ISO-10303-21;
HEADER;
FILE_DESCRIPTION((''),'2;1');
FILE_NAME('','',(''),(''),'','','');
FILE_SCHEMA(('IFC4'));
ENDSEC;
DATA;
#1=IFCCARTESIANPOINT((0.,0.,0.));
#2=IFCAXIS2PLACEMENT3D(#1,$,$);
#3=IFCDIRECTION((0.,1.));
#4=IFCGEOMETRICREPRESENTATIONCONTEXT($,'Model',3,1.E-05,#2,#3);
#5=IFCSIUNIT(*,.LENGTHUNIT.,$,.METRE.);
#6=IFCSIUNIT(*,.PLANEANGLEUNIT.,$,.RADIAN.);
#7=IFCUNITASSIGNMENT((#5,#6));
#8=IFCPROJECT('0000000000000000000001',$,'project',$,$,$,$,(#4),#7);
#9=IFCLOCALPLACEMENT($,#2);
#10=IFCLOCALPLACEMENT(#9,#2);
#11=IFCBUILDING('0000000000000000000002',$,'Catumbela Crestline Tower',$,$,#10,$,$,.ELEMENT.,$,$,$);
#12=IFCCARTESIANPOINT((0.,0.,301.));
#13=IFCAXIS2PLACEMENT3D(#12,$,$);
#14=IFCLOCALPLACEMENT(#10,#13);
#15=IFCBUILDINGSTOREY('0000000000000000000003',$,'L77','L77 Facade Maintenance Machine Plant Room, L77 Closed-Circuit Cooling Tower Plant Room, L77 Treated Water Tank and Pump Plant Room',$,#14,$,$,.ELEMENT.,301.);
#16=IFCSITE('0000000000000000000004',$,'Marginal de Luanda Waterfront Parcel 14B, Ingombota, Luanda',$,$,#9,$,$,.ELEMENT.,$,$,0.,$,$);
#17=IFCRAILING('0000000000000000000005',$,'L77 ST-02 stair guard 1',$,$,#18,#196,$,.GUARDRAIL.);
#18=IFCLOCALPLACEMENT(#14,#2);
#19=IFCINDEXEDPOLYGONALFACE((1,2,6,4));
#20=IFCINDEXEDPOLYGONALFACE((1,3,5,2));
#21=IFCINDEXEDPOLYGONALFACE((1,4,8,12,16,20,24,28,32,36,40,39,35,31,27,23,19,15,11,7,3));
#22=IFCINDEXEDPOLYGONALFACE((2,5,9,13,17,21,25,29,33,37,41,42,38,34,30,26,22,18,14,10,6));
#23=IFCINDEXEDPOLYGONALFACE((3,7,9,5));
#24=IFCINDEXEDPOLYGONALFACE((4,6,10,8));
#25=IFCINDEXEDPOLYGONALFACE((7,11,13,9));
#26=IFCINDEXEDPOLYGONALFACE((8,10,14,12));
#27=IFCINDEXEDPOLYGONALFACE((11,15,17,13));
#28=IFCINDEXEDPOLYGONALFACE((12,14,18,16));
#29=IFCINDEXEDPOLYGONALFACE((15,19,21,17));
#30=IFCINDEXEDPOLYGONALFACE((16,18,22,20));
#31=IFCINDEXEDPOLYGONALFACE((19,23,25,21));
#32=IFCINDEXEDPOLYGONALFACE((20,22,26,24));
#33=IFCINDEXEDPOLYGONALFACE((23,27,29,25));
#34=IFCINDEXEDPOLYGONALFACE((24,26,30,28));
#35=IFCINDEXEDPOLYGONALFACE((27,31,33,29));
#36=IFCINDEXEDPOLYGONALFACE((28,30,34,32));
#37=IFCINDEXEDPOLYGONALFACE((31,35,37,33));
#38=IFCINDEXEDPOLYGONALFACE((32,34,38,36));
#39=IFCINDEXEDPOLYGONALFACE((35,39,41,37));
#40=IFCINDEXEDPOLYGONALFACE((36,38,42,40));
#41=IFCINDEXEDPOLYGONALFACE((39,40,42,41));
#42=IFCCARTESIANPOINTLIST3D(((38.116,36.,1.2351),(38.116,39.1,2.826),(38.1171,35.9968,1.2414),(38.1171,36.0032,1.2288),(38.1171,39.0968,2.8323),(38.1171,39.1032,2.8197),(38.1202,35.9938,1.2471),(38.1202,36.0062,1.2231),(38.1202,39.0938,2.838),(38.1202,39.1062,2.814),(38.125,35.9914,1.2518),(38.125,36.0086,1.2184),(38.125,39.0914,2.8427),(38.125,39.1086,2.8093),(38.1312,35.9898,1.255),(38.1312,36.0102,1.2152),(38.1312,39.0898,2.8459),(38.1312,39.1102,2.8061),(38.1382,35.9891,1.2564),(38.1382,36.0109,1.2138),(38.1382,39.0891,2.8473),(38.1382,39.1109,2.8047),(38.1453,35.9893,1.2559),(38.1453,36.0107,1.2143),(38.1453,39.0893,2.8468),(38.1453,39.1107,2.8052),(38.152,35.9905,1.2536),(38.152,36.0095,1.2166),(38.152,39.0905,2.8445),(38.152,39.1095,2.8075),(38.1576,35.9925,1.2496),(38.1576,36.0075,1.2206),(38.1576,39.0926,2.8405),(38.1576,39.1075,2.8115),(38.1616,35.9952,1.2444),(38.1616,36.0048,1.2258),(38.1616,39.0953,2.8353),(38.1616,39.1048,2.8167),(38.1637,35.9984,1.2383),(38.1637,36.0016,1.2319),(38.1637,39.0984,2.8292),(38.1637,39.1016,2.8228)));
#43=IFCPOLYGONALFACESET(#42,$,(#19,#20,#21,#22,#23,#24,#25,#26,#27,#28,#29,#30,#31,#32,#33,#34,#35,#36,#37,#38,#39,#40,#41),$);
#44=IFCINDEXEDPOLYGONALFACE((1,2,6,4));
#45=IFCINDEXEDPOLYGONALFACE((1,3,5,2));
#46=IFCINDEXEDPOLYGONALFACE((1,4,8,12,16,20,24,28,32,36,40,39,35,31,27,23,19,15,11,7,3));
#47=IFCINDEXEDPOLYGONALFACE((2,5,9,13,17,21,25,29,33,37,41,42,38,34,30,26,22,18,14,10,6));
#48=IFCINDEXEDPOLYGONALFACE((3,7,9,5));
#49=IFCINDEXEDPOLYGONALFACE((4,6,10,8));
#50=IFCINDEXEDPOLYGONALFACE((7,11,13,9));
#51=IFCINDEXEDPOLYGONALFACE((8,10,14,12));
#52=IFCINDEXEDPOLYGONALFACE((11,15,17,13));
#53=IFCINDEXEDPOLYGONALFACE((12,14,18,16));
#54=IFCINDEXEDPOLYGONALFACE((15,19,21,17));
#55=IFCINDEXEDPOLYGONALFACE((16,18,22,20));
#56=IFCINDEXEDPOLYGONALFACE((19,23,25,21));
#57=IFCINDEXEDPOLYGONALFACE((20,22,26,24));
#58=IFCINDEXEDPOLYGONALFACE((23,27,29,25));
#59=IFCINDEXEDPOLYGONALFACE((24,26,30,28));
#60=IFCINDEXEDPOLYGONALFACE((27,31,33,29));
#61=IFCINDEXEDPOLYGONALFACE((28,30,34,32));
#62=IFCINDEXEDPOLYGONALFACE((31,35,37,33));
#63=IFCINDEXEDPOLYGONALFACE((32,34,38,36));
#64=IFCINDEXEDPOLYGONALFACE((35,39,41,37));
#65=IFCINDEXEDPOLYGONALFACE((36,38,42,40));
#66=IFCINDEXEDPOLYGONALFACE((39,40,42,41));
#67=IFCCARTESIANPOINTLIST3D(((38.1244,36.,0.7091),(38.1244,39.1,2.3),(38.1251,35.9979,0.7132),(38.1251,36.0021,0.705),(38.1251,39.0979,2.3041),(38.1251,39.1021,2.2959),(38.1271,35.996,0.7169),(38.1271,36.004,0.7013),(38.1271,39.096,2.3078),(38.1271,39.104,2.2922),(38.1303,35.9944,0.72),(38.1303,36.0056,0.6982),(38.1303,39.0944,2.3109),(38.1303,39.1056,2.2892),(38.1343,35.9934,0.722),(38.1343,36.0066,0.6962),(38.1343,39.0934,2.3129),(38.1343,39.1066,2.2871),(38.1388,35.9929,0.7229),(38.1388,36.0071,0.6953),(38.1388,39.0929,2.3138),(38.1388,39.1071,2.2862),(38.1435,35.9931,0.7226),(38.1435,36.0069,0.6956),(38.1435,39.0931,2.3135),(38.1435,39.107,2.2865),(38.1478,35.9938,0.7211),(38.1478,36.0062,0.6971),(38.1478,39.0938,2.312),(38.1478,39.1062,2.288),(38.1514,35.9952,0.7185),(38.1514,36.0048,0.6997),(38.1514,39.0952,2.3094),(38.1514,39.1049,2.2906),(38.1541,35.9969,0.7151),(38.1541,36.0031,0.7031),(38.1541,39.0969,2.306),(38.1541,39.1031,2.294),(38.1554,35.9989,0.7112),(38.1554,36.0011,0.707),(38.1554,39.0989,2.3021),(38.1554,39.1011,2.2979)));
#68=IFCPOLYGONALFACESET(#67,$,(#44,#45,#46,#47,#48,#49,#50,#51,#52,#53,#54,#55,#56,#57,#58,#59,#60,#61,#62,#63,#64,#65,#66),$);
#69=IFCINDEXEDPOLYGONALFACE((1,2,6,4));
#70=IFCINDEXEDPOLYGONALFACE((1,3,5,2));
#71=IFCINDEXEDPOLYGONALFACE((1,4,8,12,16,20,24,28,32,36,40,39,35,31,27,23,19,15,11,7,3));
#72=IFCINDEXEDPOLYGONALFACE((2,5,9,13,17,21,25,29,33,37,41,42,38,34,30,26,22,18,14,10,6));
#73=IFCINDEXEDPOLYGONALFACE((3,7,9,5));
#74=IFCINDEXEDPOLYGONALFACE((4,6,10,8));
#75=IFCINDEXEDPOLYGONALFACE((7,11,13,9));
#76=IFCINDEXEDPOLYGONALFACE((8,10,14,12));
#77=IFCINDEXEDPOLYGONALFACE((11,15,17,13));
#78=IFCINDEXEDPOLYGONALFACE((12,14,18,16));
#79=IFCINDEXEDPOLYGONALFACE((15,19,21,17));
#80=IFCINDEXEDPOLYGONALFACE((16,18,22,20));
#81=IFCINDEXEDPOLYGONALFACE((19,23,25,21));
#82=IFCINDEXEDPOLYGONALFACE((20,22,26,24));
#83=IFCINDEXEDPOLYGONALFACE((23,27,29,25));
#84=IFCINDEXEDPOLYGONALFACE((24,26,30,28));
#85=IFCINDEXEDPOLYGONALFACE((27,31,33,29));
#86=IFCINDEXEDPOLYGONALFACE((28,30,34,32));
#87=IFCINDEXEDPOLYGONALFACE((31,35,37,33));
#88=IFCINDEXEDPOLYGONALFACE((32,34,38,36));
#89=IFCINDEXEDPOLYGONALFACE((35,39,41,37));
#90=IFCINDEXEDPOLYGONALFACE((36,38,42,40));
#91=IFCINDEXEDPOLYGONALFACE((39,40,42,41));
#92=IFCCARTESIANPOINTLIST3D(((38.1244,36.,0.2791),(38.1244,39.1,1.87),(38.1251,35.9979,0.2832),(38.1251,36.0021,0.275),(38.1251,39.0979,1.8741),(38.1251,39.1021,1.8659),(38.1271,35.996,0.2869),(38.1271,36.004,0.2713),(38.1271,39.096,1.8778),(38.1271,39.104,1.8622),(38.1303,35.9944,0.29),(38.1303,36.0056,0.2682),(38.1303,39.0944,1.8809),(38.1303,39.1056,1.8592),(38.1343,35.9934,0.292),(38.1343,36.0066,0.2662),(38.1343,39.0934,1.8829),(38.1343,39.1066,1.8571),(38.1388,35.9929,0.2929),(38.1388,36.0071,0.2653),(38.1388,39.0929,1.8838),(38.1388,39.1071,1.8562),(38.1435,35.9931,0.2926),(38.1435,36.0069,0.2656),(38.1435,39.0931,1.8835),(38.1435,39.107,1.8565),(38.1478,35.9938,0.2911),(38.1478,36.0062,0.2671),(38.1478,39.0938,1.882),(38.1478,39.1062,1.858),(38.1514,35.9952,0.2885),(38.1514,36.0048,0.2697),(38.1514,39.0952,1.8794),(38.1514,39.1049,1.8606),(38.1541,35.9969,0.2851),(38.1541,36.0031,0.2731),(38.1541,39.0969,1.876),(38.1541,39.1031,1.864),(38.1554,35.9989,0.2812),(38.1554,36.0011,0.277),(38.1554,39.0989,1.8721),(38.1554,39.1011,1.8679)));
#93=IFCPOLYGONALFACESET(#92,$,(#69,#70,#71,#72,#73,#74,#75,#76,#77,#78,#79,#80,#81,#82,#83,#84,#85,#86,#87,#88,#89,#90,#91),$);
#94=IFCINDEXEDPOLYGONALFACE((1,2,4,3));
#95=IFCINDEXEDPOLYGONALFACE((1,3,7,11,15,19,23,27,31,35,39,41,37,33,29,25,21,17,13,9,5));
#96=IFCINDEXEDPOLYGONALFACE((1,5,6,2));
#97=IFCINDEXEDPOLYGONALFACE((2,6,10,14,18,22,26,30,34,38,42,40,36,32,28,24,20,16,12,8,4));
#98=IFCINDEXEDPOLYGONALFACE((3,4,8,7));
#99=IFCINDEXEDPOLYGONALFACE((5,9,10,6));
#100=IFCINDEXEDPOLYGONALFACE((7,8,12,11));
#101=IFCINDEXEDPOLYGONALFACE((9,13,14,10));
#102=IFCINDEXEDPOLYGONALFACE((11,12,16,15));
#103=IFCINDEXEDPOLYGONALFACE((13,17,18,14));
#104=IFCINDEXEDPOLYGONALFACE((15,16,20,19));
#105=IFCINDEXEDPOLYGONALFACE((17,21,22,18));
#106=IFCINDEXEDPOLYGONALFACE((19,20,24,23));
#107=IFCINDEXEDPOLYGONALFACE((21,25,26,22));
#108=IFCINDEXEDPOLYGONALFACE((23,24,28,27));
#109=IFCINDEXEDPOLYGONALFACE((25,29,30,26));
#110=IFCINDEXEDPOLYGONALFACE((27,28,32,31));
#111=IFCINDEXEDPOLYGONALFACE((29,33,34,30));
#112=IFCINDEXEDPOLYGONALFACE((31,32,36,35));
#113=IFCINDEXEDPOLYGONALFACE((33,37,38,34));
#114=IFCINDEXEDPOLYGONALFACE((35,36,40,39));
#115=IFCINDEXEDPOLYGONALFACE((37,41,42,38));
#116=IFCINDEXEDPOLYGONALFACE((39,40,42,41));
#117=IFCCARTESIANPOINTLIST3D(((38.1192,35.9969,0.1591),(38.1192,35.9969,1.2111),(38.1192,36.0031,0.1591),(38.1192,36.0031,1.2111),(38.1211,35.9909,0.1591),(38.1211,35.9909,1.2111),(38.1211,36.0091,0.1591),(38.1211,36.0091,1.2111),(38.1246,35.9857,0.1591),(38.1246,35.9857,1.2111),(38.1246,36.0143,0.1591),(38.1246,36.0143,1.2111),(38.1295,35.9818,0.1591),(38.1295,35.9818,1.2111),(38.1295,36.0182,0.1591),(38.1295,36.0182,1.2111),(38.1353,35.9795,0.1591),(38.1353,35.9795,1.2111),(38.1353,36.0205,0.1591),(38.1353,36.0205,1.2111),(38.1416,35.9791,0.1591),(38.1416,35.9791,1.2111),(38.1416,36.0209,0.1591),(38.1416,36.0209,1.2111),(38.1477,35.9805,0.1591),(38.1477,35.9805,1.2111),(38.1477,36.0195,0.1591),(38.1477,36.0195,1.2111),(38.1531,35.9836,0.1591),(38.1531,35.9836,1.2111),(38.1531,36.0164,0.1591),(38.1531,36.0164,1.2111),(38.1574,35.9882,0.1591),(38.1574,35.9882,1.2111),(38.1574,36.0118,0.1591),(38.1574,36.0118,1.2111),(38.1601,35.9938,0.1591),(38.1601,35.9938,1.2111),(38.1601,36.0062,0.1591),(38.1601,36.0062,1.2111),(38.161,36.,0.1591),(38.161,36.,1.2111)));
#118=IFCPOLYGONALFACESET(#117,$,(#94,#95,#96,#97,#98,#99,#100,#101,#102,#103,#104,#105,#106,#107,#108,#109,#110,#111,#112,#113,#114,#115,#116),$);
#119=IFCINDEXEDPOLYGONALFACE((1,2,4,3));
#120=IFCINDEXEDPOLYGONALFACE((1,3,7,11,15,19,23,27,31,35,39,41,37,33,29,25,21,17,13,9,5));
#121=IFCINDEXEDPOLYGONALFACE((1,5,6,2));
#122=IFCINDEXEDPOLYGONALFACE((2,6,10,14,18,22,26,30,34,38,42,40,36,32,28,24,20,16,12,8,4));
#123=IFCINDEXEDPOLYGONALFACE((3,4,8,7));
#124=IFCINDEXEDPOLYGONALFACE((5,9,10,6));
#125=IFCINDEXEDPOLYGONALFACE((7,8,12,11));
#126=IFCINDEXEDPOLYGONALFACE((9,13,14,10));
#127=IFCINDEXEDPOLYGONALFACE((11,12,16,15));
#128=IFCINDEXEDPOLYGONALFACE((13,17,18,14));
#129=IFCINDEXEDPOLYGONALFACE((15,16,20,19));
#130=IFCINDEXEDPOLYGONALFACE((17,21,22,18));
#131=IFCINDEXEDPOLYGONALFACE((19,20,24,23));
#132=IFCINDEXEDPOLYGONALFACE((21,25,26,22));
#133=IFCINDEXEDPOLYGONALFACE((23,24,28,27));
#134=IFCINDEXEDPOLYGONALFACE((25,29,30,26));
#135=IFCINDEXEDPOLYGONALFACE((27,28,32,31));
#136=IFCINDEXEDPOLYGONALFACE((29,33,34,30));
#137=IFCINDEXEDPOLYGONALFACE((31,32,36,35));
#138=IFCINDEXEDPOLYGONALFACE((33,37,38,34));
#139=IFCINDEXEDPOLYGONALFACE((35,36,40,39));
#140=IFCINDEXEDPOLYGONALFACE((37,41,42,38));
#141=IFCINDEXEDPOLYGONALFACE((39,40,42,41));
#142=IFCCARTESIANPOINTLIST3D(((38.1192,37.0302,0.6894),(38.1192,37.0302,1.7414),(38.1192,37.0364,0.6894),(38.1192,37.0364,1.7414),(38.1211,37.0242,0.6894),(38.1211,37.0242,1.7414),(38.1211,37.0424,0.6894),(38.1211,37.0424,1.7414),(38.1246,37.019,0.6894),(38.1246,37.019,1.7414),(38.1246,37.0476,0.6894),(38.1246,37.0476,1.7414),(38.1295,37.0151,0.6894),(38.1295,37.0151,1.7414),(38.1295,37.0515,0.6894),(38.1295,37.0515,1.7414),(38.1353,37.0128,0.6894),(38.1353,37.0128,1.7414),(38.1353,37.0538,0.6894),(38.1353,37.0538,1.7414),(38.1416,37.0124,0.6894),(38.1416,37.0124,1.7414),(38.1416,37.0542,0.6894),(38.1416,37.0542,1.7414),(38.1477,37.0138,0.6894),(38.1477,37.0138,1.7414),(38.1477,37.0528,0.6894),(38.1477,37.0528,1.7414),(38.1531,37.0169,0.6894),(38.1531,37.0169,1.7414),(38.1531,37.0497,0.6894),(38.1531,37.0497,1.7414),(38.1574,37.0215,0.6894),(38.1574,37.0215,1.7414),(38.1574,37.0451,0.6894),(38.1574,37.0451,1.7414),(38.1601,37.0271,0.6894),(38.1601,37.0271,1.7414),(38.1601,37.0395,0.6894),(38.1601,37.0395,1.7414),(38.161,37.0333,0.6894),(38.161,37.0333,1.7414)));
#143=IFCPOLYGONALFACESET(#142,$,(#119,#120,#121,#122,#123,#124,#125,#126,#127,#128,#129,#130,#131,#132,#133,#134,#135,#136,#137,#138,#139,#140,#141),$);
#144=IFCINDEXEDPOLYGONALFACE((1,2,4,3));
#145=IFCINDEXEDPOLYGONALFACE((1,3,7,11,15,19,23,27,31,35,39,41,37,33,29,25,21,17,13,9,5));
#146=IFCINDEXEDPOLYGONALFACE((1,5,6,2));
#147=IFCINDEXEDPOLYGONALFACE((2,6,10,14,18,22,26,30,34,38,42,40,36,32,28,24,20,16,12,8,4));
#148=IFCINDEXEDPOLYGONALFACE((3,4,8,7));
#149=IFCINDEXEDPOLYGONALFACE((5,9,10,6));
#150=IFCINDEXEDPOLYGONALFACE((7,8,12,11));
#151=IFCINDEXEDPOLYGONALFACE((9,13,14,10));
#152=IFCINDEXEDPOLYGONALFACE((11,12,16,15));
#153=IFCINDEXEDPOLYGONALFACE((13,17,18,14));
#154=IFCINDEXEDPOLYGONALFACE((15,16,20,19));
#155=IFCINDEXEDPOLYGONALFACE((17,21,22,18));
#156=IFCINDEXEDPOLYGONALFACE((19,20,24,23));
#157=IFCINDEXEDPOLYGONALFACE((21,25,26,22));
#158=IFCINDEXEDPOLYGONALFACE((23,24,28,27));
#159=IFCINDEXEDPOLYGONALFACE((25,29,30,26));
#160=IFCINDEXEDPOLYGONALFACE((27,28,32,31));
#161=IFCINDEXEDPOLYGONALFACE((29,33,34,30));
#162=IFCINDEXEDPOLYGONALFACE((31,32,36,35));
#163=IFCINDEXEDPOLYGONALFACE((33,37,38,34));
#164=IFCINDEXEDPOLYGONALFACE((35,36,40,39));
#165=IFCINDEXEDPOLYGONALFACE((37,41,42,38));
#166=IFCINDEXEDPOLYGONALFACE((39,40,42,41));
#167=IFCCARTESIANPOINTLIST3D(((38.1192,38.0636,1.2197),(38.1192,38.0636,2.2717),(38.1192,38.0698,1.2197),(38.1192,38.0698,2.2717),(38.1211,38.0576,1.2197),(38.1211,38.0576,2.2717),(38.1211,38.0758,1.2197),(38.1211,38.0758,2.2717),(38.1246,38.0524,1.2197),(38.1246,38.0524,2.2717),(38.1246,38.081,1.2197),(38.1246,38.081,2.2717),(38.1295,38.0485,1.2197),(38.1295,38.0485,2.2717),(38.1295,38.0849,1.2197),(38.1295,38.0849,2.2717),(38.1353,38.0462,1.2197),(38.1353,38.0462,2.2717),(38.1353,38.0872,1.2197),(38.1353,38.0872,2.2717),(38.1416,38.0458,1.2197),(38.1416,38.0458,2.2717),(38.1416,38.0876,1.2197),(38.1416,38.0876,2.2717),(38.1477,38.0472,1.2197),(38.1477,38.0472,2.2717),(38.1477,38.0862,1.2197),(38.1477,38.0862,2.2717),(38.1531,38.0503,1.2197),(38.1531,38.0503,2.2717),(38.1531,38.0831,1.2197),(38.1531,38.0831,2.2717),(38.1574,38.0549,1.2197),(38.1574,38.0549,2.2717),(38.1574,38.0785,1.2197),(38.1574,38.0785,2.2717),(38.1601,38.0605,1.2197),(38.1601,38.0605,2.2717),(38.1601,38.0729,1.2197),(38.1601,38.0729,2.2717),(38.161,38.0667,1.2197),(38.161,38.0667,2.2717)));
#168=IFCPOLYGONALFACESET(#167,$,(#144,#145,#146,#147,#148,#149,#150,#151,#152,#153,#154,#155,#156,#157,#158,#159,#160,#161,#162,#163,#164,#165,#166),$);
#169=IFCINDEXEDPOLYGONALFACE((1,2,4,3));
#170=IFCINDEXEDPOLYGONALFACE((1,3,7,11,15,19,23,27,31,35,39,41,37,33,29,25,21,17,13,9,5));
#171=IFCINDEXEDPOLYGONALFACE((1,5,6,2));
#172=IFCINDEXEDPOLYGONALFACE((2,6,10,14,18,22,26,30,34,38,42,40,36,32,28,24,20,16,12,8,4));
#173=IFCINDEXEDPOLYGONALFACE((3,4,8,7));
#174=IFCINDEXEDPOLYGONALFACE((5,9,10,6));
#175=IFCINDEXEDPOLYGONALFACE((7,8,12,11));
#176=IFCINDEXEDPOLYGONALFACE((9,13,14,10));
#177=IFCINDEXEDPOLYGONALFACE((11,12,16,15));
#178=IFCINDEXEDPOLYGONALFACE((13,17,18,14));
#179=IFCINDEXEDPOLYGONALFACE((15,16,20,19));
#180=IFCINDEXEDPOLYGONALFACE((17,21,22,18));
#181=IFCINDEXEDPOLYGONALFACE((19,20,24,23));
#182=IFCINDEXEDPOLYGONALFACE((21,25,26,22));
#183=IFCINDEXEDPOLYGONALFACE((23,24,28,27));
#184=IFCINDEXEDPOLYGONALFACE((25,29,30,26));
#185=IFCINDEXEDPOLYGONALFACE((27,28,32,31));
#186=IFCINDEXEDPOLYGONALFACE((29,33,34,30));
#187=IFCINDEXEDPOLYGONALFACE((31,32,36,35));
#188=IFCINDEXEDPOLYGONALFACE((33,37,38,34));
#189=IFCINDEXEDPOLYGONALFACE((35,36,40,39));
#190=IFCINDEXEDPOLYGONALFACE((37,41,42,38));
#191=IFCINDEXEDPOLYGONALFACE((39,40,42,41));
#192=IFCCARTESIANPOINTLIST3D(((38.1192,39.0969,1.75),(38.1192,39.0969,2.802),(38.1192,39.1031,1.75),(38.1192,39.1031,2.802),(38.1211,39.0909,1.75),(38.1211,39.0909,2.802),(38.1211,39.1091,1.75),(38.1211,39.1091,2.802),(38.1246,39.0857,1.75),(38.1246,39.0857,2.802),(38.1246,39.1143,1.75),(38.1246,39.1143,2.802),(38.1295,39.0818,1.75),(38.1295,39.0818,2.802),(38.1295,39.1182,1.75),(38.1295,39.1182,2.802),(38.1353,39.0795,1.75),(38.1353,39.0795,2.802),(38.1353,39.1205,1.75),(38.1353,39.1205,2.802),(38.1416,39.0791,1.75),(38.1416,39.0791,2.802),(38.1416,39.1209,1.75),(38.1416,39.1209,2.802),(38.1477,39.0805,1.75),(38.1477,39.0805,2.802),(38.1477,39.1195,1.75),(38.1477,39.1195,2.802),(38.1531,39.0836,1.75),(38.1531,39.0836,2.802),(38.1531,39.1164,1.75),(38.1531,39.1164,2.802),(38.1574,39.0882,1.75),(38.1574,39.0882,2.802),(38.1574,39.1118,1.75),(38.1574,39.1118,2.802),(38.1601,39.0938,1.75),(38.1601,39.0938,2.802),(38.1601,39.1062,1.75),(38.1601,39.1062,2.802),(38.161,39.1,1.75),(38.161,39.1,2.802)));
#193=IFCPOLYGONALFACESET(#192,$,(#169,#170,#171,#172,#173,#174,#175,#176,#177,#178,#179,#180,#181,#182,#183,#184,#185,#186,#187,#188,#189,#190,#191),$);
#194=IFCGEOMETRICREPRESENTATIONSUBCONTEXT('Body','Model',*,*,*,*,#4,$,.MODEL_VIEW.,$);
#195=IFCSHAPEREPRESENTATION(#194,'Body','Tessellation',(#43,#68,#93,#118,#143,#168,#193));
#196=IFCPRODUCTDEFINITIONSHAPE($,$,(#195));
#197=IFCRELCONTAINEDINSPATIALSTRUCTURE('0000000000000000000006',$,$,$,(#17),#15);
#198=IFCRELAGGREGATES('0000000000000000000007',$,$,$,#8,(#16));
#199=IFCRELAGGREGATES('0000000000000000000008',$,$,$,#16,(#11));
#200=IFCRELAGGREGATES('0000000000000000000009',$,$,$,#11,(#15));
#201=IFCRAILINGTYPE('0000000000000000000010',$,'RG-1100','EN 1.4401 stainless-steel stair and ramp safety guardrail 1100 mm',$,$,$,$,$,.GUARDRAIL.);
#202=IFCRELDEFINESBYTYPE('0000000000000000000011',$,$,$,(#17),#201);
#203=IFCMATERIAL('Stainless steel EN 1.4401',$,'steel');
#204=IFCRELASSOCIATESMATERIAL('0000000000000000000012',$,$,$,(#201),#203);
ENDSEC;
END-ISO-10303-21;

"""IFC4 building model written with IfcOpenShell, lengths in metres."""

from ifc_helpers import new_model, si_unit, direction, frame, origin, origin_2d, place, context, subcontext, project, spatial, circle, extrude, material, type_object, element, save


model = new_model("IFC4")

# Units and contexts
model_context = context("Model", 3, precision=1e-05, world=origin(), true_north=direction((0.0, 1.0)))
body_context = subcontext(model_context, "Body", "Model", "MODEL_VIEW")
ifc_project = project(units=[si_unit("LENGTHUNIT", "METRE"), si_unit("PLANEANGLEUNIT", "RADIAN")], contexts=[model_context])

# Site, building, storey
site_placement = place(None, origin())
site = spatial("IfcSite", under=ifc_project, at=site_placement, Name="Marginal de Luanda Waterfront Parcel 14B, Ingombota, Luanda", CompositionType="ELEMENT", RefElevation=0.0)
building_placement = place(site_placement, origin())
building = spatial("IfcBuilding", under=site, at=building_placement, Name="Catumbela Crestline Tower", CompositionType="ELEMENT")
storey_placement = place(building_placement, frame((0.0, 0.0, 301.0)))
storey = spatial("IfcBuildingStorey", under=building, at=storey_placement, Name="L77", Description="L77 Facade Maintenance Machine Plant Room, L77 Closed-Circuit Cooling Tower Plant Room, L77 Treated Water Tank and Pump Plant Room", CompositionType="ELEMENT", Elevation=301.0)

# Railing
ifc_material_1 = material(Name="Stainless steel EN 1.4401", Category="steel")
railing_type_1 = type_object("IfcRailingType", Name="RG-1100", Description="EN 1.4401 stainless-steel stair and ramp safety guardrail 1100 mm", PredefinedType="GUARDRAIL", material=ifc_material_1)
railing_1_placement = place(storey_placement, frame((38.14, 36.0, 0.1591)))
element("IfcRailing", 1, at=railing_1_placement, inside=storey, type_object=railing_type_1, Name="L77 ST-02 stair guard 1", PredefinedType="GUARDRAIL", context=body_context, shape_type="SweptSolid", body=[
    extrude(circle(Radius=0.024, at=origin_2d()), frame((0.0, 0.0, 1.076), z_axis=(0.0, 0.889683, 0.456579), x_axis=(-1.0, 0.0, 0.0)), (0.0, 0.0, 1.0), 3.4844),
    extrude(circle(Radius=0.0156, at=origin_2d()), frame((0.0, 0.0, 0.55), z_axis=(0.0, 0.889683, 0.456579), x_axis=(-1.0, 0.0, 0.0)), (0.0, 0.0, 1.0), 3.4844),
    extrude(circle(Radius=0.0156, at=origin_2d()), frame((0.0, 0.0, 0.12), z_axis=(0.0, 0.889683, 0.456579), x_axis=(-1.0, 0.0, 0.0)), (0.0, 0.0, 1.0), 3.4844),
    extrude(circle(Radius=0.021, at=origin_2d()), origin(), (0.0, 0.0, 1.0), 1.052),
    extrude(circle(Radius=0.021, at=origin_2d()), frame((0.0, 1.0333, 0.5303)), (0.0, 0.0, 1.0), 1.052),
    extrude(circle(Radius=0.021, at=origin_2d()), frame((0.0, 2.0667, 1.0606)), (0.0, 0.0, 1.0), 1.052),
    extrude(circle(Radius=0.021, at=origin_2d()), frame((0.0, 3.1, 1.5909)), (0.0, 0.0, 1.0), 1.052),
])

save(model, "model.ifc")
